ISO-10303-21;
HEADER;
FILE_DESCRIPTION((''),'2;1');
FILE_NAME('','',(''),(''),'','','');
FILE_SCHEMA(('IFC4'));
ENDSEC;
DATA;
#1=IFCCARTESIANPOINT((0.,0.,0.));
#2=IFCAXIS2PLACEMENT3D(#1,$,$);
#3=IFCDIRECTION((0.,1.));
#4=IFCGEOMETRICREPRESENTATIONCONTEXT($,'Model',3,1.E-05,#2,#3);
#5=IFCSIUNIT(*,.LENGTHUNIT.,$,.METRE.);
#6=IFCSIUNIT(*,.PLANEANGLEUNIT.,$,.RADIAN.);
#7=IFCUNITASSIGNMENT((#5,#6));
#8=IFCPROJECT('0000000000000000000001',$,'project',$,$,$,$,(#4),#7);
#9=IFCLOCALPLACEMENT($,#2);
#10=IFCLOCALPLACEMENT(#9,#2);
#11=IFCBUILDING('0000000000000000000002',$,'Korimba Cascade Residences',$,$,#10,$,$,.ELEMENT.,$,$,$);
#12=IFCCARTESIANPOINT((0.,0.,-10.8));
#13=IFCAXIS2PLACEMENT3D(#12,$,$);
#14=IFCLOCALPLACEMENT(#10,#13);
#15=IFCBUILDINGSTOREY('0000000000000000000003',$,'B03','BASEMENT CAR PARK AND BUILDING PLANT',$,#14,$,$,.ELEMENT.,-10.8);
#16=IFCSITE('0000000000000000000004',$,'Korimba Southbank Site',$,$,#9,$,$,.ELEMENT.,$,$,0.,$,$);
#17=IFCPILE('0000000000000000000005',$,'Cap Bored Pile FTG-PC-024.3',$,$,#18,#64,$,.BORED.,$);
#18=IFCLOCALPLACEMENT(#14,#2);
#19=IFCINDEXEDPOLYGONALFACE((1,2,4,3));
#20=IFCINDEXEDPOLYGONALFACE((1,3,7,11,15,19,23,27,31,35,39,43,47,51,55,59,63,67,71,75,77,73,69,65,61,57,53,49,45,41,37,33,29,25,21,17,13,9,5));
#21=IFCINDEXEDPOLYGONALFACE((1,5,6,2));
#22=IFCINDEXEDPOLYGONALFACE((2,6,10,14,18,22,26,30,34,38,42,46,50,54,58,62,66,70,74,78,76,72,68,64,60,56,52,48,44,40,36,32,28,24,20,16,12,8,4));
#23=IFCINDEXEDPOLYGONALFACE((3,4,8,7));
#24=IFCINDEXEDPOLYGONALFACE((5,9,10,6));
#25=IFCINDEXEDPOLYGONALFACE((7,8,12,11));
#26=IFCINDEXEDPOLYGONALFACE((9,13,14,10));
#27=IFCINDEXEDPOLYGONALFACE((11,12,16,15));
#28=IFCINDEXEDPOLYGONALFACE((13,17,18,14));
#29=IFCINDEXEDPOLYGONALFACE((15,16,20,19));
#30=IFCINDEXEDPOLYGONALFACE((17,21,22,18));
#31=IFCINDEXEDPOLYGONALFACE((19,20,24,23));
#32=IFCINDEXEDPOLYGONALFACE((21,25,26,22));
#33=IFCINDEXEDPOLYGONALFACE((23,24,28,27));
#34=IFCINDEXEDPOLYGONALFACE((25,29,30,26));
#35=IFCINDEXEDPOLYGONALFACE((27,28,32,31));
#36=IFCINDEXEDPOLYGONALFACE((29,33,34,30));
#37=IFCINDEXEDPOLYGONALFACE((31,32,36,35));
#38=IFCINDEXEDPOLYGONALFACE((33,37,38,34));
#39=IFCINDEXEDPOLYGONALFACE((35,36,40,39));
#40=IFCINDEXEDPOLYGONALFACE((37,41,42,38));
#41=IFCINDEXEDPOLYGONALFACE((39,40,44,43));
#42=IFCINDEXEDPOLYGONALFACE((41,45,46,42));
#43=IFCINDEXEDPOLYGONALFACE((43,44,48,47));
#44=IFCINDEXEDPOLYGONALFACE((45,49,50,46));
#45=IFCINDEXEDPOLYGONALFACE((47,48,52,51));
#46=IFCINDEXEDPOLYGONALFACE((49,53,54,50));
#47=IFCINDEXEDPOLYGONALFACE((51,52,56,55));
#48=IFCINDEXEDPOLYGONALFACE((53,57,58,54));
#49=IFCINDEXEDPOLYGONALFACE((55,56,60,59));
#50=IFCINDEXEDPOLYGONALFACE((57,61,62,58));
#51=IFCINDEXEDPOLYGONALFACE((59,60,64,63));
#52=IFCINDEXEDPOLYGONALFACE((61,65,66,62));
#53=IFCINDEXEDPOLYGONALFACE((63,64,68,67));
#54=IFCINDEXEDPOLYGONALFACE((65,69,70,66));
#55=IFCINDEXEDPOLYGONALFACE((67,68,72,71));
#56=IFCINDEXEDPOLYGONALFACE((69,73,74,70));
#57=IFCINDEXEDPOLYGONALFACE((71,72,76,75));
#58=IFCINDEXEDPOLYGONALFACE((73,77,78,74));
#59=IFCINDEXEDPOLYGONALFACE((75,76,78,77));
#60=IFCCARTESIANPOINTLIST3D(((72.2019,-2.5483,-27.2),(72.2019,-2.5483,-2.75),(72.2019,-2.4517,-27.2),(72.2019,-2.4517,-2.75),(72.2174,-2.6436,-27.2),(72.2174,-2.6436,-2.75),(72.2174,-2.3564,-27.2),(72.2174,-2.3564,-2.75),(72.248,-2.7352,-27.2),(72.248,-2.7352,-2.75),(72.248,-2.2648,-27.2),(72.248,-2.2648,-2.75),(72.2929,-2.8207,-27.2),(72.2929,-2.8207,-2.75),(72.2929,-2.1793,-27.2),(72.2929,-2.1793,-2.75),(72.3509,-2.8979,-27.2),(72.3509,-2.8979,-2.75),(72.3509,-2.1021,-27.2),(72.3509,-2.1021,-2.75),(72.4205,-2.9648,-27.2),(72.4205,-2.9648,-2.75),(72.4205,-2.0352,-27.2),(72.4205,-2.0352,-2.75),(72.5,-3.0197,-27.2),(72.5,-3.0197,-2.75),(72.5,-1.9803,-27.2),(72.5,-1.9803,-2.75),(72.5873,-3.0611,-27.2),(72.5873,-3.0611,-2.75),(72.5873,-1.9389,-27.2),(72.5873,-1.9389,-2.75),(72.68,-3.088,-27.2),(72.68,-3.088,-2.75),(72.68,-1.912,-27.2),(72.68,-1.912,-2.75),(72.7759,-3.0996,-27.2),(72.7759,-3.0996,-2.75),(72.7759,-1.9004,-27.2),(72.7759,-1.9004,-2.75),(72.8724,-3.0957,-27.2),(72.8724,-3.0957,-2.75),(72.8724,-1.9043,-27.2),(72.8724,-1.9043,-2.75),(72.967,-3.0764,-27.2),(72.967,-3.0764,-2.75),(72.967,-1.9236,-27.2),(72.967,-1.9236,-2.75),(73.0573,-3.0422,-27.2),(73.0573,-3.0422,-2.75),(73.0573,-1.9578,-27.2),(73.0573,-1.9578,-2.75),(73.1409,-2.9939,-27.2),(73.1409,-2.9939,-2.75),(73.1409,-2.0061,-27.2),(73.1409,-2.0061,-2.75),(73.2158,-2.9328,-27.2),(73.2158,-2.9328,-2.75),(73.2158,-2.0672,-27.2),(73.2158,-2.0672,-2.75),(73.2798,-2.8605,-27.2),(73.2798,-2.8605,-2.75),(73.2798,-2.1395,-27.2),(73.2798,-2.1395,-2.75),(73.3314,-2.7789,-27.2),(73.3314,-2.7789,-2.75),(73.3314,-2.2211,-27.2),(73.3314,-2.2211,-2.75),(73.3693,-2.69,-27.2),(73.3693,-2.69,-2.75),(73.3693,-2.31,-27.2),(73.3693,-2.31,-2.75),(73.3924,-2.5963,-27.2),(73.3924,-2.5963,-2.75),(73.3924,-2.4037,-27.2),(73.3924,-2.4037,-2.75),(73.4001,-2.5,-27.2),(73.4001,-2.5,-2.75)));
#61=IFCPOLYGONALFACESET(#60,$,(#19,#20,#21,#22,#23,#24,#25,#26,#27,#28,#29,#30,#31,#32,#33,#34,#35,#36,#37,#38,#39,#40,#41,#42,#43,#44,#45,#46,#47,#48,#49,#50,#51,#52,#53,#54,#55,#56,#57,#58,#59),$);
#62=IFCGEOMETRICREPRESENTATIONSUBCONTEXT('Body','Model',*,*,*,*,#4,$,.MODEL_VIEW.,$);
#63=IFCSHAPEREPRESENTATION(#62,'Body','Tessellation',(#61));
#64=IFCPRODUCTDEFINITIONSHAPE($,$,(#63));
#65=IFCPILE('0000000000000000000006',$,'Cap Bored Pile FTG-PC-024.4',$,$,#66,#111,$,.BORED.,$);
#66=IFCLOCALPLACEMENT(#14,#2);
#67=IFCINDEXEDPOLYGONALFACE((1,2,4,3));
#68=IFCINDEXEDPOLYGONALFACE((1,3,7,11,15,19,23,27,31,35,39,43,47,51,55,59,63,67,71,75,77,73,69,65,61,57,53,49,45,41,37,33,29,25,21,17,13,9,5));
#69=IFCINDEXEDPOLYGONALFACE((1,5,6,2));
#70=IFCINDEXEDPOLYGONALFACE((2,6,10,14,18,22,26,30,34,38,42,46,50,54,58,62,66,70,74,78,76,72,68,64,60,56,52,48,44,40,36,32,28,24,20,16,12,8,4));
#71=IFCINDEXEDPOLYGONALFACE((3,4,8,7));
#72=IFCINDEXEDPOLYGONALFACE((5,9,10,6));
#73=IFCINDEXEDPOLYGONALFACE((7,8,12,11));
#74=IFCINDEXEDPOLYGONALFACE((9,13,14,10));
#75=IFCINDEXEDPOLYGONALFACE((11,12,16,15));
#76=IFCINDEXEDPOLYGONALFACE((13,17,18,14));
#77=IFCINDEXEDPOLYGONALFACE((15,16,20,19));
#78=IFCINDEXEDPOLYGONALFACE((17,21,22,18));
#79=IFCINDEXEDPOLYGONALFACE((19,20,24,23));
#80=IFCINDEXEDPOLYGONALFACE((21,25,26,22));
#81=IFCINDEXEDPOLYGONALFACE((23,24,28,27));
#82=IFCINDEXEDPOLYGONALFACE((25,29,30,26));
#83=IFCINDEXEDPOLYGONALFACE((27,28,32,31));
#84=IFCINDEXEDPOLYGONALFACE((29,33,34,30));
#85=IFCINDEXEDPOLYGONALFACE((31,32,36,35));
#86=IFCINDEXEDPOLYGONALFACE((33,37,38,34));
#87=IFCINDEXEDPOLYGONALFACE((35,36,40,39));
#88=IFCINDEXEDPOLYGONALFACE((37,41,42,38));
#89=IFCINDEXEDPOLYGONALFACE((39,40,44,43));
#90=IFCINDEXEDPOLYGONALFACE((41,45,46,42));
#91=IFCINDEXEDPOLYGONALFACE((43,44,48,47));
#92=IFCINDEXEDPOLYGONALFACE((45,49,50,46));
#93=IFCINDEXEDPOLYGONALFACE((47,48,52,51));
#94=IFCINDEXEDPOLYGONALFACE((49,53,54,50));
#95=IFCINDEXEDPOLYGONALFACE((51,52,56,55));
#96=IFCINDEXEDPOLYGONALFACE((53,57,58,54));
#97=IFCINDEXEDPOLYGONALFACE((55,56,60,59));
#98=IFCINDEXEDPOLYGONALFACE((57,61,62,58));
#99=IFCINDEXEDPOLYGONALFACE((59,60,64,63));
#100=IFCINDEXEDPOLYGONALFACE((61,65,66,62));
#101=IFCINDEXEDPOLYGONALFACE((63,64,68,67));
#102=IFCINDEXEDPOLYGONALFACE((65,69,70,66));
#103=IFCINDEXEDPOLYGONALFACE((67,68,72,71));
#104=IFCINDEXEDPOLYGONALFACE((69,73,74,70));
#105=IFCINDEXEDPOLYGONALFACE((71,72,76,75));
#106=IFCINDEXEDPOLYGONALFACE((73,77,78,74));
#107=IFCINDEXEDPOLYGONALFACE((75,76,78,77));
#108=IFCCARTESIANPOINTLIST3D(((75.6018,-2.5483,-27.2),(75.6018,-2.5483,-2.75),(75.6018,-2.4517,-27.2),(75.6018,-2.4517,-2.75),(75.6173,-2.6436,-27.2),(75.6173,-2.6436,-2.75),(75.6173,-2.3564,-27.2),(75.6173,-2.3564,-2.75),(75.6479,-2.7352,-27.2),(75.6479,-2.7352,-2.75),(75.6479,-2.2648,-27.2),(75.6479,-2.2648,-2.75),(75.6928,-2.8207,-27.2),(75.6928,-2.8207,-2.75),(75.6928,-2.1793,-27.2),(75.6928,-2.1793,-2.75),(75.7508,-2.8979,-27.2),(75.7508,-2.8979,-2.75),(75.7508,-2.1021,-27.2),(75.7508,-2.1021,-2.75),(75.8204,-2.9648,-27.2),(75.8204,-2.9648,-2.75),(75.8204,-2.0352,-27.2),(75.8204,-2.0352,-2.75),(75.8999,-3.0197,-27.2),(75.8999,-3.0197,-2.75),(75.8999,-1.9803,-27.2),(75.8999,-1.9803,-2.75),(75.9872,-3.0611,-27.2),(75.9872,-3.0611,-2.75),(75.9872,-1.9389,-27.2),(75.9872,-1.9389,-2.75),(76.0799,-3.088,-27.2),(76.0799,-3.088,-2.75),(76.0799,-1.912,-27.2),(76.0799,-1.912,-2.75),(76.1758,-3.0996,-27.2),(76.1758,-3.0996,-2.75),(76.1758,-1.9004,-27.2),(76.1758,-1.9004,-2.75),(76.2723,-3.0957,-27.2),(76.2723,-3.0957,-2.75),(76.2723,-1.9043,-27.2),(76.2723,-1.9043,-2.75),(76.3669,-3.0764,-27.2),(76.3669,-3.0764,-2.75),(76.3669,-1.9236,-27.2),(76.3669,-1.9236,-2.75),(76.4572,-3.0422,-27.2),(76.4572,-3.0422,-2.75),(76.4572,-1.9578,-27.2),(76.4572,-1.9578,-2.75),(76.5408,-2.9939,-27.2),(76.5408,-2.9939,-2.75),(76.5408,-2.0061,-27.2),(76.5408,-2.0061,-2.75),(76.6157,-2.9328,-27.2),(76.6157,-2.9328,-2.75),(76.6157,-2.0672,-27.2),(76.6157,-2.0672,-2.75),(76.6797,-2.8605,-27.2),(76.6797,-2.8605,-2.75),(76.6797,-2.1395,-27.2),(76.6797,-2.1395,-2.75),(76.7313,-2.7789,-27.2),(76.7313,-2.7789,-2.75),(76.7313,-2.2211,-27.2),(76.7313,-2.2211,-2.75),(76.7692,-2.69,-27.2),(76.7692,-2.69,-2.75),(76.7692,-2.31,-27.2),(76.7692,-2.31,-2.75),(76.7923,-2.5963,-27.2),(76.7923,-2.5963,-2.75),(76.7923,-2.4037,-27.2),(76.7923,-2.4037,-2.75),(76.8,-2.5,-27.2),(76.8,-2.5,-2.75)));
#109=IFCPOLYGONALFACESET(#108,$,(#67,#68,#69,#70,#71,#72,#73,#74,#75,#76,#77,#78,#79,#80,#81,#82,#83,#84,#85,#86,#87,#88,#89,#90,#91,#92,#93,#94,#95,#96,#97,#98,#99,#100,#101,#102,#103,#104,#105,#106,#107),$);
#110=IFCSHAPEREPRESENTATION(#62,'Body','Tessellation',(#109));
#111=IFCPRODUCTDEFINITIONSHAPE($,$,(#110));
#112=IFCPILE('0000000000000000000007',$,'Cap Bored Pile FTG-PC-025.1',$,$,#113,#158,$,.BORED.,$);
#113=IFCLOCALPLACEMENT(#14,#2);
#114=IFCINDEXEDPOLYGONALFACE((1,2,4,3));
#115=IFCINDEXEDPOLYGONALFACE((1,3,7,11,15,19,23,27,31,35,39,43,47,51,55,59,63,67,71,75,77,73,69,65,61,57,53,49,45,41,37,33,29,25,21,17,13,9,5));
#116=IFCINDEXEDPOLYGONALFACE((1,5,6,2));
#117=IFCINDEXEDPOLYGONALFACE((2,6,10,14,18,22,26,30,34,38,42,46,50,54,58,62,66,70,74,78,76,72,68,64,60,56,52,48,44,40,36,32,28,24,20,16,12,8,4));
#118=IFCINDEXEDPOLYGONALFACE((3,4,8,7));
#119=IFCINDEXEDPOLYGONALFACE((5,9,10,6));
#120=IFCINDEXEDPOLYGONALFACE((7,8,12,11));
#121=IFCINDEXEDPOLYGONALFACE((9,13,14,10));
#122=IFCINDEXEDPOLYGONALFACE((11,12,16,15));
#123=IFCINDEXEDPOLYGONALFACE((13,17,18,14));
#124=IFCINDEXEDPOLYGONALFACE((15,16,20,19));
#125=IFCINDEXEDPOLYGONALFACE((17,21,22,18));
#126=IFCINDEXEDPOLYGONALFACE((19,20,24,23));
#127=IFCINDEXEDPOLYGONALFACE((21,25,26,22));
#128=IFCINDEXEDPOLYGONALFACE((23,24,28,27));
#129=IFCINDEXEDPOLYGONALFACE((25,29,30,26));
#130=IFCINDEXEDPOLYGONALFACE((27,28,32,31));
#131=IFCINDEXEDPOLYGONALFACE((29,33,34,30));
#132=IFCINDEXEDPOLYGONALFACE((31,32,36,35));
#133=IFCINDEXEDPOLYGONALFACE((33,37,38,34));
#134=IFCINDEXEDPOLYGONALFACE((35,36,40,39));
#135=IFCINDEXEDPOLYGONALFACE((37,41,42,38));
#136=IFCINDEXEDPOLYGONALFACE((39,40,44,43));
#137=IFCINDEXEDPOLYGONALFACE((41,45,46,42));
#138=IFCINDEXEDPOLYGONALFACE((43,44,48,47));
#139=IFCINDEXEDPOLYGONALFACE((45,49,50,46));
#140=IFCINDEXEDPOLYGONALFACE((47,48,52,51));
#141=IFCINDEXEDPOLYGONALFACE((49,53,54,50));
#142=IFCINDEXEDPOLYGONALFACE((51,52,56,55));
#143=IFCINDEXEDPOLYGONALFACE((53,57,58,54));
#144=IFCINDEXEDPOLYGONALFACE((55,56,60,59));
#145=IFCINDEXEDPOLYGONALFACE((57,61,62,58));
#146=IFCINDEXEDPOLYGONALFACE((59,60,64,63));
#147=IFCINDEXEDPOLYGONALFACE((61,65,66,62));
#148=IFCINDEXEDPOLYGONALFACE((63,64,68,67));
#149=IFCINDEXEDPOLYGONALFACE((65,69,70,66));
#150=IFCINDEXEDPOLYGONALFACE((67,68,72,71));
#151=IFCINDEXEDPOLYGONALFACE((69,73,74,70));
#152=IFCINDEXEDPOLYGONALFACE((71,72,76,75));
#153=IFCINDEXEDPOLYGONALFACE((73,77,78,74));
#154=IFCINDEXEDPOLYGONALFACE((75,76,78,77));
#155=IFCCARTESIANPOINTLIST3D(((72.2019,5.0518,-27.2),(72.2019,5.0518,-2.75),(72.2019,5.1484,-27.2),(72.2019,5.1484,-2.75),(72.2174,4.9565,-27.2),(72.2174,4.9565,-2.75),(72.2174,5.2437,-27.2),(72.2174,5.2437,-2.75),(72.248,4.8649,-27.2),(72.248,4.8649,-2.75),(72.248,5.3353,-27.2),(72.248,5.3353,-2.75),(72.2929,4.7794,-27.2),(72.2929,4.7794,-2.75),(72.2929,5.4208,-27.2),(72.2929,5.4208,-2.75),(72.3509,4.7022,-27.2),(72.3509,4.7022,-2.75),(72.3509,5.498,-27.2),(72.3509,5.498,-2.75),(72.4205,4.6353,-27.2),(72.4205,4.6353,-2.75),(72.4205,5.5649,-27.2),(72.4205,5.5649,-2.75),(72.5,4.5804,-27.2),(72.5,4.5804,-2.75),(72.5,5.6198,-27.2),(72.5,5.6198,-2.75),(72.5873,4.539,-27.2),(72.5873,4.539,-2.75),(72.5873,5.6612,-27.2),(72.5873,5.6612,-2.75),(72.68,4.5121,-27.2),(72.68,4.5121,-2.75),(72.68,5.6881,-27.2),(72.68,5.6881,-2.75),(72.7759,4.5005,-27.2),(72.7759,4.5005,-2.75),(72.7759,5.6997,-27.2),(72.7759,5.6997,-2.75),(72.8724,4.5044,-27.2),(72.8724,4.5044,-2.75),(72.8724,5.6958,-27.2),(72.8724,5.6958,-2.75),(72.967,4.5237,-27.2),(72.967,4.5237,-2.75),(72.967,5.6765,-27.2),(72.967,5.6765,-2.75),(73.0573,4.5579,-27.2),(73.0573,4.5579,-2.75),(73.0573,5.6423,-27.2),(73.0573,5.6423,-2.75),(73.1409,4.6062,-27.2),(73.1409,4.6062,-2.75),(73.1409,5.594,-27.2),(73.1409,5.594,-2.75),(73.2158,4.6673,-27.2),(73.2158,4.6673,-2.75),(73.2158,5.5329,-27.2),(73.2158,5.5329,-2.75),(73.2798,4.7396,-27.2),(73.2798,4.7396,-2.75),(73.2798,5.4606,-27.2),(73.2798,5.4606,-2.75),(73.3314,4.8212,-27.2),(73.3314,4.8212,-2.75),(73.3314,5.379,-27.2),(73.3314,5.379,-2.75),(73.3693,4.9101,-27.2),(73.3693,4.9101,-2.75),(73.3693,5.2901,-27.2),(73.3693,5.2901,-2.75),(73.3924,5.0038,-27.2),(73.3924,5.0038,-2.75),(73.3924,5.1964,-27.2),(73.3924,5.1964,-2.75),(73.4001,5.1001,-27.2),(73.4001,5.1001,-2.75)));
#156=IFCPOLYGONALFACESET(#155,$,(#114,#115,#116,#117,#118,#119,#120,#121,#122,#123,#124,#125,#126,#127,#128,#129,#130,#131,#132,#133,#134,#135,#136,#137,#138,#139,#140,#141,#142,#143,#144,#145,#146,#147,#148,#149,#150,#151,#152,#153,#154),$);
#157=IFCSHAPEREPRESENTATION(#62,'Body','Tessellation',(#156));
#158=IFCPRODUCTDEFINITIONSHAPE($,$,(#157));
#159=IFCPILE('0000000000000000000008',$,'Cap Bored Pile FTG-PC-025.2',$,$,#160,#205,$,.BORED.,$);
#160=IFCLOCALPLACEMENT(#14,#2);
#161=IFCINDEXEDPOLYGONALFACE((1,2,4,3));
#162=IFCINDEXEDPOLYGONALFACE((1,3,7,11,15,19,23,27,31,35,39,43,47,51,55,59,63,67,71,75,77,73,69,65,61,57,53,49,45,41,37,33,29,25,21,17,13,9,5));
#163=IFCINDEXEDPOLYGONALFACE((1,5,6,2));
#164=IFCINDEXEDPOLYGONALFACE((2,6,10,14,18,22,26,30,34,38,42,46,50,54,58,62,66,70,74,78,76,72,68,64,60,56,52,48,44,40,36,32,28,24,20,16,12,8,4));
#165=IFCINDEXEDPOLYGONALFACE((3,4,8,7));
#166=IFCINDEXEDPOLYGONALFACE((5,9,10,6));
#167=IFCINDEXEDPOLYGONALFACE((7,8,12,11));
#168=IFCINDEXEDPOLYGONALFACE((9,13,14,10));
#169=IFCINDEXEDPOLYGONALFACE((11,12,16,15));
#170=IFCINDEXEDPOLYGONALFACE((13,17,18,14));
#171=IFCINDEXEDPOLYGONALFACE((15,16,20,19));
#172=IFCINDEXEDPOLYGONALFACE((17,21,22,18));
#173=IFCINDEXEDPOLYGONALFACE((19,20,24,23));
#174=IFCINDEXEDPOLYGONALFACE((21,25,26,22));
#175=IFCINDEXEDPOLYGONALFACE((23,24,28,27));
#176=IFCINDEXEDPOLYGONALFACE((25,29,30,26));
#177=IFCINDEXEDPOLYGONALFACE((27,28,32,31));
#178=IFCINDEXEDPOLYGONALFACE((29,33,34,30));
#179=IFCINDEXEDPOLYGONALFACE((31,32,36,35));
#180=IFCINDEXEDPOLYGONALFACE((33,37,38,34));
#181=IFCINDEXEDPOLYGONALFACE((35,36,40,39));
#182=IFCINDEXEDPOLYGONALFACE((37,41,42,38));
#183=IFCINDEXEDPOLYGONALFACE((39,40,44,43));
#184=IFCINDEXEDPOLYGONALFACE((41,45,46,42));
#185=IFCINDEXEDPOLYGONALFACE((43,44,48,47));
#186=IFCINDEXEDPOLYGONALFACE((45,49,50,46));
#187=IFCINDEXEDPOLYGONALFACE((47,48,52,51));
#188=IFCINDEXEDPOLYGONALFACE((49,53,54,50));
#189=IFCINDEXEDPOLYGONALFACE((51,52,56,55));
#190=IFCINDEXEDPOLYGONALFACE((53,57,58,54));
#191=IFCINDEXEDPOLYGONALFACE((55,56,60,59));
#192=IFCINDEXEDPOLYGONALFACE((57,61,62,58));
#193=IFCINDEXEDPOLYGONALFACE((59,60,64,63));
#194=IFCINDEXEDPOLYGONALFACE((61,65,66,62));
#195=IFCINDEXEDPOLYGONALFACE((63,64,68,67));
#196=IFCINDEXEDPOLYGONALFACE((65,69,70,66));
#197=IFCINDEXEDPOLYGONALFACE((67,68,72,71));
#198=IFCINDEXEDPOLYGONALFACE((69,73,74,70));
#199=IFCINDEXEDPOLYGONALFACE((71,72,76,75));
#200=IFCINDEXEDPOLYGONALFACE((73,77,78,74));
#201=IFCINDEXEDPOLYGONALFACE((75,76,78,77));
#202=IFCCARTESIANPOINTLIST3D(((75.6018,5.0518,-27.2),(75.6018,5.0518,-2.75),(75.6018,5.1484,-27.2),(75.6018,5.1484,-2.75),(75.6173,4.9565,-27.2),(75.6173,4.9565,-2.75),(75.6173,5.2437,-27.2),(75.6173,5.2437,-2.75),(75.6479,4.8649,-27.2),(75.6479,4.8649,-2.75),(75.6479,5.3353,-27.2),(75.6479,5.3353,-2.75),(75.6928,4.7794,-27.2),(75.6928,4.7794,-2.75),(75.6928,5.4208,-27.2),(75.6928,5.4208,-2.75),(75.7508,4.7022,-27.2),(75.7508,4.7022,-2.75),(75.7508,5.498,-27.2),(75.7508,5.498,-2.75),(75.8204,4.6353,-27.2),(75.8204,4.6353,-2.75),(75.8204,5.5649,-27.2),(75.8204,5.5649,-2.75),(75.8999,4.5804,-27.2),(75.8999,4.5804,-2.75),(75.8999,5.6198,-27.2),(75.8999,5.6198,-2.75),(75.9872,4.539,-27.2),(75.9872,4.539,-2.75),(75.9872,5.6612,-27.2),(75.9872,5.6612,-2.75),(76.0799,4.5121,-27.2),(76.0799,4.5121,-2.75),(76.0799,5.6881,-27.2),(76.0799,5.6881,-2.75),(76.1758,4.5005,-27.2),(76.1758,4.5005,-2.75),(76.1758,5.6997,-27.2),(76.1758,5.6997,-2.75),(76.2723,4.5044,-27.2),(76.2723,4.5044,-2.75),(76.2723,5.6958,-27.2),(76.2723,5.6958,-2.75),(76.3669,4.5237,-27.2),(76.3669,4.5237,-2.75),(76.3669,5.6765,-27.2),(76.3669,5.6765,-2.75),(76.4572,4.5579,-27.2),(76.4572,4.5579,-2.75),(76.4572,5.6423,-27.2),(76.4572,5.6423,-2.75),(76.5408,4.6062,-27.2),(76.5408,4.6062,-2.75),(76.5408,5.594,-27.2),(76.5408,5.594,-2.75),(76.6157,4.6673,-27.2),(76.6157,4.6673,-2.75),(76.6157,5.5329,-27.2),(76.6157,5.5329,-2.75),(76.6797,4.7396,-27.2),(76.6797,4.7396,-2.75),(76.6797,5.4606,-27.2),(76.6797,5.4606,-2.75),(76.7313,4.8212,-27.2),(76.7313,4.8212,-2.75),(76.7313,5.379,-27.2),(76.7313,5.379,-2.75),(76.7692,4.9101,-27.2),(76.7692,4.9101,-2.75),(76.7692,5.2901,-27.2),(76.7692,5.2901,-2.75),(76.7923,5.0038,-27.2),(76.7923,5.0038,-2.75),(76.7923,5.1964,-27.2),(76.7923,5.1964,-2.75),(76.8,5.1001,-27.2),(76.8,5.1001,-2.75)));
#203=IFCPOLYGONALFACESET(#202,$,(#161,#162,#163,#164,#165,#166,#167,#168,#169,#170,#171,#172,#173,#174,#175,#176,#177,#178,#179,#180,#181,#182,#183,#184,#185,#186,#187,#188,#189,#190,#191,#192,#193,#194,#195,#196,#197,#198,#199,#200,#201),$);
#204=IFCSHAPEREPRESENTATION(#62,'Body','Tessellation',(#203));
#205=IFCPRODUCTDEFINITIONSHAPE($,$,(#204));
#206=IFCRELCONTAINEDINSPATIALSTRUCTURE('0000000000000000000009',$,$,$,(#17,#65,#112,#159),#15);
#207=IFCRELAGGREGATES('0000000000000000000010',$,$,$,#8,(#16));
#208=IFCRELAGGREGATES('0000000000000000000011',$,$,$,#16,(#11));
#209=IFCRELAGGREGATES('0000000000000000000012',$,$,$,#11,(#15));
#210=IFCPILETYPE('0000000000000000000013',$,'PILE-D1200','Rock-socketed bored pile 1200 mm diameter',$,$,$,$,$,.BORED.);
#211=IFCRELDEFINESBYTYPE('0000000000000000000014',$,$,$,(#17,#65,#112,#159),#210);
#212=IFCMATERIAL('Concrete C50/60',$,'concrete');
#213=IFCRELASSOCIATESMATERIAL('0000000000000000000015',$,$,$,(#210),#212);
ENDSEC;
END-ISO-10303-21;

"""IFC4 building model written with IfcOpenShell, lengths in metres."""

from ifc_helpers import new_model, si_unit, direction, frame, origin, origin_2d, place, context, subcontext, project, spatial, circle, extrude, material, material_profile, profile_set, type_object, element, save


model = new_model("IFC4")

# Units and contexts
model_context = context("Model", 3, precision=1e-05, world=origin(), true_north=direction((0.0, 1.0)))
body_context = subcontext(model_context, "Body", "Model", "MODEL_VIEW")
ifc_project = project(units=[si_unit("LENGTHUNIT", "METRE"), si_unit("PLANEANGLEUNIT", "RADIAN")], contexts=[model_context])

# Site, building, storey
site_placement = place(None, origin())
site = spatial("IfcSite", under=ifc_project, at=site_placement, Name="Korimba Southbank Site", CompositionType="ELEMENT", RefElevation=0.0)
building_placement = place(site_placement, origin())
building = spatial("IfcBuilding", under=site, at=building_placement, Name="Korimba Cascade Residences", CompositionType="ELEMENT")
storey_placement = place(building_placement, frame((0.0, 0.0, -10.8)))
storey = spatial("IfcBuildingStorey", under=building, at=storey_placement, Name="B03", Description="BASEMENT CAR PARK AND BUILDING PLANT", CompositionType="ELEMENT", Elevation=-10.8)

# Piles
ifc_material_1 = material(Name="Concrete C50/60", Category="concrete")
ifc_material_profile_1 = material_profile(ifc_material_1, circle(Radius=0.6001, at=origin_2d()), Name="Concrete C50/60")
ifc_profile_set_1 = profile_set([ifc_material_profile_1], Name="Concrete C50/60")
pile_type = type_object("IfcPileType", Name="PILE-D1200", Description="Rock-socketed bored pile 1200 mm diameter", PredefinedType="BORED", material=ifc_profile_set_1)
for number, where, z_axis, x_axis, name in (
    (1, (72.8, -2.5, -2.75), (0.0, 0.0, -1.0), (1.0, 0.0, 0.0), "Cap Bored Pile FTG-PC-024.3"),
    (2, (76.2, -2.5, -2.75), (0.0, 0.0, -1.0), (1.0, 0.0, 0.0), "Cap Bored Pile FTG-PC-024.4"),
    (3, (72.8, 5.1001, -2.75), (0.0, 0.0, -1.0), (1.0, 0.0, 0.0), "Cap Bored Pile FTG-PC-025.1"),
    (4, (76.2, 5.1001, -2.75), (0.0, 0.0, -1.0), (1.0, 0.0, 0.0), "Cap Bored Pile FTG-PC-025.2"),
):
    element("IfcPile", number, at=place(storey_placement, frame(where, z_axis=z_axis, x_axis=x_axis)), inside=storey, type_object=pile_type, Name=name, PredefinedType="BORED", context=body_context, shape_type="SweptSolid", body=[
        extrude(circle(Radius=0.6001, at=origin_2d()), origin(), (0.0, 0.0, 1.0), 24.45),
    ])

save(model, "model.ifc")
